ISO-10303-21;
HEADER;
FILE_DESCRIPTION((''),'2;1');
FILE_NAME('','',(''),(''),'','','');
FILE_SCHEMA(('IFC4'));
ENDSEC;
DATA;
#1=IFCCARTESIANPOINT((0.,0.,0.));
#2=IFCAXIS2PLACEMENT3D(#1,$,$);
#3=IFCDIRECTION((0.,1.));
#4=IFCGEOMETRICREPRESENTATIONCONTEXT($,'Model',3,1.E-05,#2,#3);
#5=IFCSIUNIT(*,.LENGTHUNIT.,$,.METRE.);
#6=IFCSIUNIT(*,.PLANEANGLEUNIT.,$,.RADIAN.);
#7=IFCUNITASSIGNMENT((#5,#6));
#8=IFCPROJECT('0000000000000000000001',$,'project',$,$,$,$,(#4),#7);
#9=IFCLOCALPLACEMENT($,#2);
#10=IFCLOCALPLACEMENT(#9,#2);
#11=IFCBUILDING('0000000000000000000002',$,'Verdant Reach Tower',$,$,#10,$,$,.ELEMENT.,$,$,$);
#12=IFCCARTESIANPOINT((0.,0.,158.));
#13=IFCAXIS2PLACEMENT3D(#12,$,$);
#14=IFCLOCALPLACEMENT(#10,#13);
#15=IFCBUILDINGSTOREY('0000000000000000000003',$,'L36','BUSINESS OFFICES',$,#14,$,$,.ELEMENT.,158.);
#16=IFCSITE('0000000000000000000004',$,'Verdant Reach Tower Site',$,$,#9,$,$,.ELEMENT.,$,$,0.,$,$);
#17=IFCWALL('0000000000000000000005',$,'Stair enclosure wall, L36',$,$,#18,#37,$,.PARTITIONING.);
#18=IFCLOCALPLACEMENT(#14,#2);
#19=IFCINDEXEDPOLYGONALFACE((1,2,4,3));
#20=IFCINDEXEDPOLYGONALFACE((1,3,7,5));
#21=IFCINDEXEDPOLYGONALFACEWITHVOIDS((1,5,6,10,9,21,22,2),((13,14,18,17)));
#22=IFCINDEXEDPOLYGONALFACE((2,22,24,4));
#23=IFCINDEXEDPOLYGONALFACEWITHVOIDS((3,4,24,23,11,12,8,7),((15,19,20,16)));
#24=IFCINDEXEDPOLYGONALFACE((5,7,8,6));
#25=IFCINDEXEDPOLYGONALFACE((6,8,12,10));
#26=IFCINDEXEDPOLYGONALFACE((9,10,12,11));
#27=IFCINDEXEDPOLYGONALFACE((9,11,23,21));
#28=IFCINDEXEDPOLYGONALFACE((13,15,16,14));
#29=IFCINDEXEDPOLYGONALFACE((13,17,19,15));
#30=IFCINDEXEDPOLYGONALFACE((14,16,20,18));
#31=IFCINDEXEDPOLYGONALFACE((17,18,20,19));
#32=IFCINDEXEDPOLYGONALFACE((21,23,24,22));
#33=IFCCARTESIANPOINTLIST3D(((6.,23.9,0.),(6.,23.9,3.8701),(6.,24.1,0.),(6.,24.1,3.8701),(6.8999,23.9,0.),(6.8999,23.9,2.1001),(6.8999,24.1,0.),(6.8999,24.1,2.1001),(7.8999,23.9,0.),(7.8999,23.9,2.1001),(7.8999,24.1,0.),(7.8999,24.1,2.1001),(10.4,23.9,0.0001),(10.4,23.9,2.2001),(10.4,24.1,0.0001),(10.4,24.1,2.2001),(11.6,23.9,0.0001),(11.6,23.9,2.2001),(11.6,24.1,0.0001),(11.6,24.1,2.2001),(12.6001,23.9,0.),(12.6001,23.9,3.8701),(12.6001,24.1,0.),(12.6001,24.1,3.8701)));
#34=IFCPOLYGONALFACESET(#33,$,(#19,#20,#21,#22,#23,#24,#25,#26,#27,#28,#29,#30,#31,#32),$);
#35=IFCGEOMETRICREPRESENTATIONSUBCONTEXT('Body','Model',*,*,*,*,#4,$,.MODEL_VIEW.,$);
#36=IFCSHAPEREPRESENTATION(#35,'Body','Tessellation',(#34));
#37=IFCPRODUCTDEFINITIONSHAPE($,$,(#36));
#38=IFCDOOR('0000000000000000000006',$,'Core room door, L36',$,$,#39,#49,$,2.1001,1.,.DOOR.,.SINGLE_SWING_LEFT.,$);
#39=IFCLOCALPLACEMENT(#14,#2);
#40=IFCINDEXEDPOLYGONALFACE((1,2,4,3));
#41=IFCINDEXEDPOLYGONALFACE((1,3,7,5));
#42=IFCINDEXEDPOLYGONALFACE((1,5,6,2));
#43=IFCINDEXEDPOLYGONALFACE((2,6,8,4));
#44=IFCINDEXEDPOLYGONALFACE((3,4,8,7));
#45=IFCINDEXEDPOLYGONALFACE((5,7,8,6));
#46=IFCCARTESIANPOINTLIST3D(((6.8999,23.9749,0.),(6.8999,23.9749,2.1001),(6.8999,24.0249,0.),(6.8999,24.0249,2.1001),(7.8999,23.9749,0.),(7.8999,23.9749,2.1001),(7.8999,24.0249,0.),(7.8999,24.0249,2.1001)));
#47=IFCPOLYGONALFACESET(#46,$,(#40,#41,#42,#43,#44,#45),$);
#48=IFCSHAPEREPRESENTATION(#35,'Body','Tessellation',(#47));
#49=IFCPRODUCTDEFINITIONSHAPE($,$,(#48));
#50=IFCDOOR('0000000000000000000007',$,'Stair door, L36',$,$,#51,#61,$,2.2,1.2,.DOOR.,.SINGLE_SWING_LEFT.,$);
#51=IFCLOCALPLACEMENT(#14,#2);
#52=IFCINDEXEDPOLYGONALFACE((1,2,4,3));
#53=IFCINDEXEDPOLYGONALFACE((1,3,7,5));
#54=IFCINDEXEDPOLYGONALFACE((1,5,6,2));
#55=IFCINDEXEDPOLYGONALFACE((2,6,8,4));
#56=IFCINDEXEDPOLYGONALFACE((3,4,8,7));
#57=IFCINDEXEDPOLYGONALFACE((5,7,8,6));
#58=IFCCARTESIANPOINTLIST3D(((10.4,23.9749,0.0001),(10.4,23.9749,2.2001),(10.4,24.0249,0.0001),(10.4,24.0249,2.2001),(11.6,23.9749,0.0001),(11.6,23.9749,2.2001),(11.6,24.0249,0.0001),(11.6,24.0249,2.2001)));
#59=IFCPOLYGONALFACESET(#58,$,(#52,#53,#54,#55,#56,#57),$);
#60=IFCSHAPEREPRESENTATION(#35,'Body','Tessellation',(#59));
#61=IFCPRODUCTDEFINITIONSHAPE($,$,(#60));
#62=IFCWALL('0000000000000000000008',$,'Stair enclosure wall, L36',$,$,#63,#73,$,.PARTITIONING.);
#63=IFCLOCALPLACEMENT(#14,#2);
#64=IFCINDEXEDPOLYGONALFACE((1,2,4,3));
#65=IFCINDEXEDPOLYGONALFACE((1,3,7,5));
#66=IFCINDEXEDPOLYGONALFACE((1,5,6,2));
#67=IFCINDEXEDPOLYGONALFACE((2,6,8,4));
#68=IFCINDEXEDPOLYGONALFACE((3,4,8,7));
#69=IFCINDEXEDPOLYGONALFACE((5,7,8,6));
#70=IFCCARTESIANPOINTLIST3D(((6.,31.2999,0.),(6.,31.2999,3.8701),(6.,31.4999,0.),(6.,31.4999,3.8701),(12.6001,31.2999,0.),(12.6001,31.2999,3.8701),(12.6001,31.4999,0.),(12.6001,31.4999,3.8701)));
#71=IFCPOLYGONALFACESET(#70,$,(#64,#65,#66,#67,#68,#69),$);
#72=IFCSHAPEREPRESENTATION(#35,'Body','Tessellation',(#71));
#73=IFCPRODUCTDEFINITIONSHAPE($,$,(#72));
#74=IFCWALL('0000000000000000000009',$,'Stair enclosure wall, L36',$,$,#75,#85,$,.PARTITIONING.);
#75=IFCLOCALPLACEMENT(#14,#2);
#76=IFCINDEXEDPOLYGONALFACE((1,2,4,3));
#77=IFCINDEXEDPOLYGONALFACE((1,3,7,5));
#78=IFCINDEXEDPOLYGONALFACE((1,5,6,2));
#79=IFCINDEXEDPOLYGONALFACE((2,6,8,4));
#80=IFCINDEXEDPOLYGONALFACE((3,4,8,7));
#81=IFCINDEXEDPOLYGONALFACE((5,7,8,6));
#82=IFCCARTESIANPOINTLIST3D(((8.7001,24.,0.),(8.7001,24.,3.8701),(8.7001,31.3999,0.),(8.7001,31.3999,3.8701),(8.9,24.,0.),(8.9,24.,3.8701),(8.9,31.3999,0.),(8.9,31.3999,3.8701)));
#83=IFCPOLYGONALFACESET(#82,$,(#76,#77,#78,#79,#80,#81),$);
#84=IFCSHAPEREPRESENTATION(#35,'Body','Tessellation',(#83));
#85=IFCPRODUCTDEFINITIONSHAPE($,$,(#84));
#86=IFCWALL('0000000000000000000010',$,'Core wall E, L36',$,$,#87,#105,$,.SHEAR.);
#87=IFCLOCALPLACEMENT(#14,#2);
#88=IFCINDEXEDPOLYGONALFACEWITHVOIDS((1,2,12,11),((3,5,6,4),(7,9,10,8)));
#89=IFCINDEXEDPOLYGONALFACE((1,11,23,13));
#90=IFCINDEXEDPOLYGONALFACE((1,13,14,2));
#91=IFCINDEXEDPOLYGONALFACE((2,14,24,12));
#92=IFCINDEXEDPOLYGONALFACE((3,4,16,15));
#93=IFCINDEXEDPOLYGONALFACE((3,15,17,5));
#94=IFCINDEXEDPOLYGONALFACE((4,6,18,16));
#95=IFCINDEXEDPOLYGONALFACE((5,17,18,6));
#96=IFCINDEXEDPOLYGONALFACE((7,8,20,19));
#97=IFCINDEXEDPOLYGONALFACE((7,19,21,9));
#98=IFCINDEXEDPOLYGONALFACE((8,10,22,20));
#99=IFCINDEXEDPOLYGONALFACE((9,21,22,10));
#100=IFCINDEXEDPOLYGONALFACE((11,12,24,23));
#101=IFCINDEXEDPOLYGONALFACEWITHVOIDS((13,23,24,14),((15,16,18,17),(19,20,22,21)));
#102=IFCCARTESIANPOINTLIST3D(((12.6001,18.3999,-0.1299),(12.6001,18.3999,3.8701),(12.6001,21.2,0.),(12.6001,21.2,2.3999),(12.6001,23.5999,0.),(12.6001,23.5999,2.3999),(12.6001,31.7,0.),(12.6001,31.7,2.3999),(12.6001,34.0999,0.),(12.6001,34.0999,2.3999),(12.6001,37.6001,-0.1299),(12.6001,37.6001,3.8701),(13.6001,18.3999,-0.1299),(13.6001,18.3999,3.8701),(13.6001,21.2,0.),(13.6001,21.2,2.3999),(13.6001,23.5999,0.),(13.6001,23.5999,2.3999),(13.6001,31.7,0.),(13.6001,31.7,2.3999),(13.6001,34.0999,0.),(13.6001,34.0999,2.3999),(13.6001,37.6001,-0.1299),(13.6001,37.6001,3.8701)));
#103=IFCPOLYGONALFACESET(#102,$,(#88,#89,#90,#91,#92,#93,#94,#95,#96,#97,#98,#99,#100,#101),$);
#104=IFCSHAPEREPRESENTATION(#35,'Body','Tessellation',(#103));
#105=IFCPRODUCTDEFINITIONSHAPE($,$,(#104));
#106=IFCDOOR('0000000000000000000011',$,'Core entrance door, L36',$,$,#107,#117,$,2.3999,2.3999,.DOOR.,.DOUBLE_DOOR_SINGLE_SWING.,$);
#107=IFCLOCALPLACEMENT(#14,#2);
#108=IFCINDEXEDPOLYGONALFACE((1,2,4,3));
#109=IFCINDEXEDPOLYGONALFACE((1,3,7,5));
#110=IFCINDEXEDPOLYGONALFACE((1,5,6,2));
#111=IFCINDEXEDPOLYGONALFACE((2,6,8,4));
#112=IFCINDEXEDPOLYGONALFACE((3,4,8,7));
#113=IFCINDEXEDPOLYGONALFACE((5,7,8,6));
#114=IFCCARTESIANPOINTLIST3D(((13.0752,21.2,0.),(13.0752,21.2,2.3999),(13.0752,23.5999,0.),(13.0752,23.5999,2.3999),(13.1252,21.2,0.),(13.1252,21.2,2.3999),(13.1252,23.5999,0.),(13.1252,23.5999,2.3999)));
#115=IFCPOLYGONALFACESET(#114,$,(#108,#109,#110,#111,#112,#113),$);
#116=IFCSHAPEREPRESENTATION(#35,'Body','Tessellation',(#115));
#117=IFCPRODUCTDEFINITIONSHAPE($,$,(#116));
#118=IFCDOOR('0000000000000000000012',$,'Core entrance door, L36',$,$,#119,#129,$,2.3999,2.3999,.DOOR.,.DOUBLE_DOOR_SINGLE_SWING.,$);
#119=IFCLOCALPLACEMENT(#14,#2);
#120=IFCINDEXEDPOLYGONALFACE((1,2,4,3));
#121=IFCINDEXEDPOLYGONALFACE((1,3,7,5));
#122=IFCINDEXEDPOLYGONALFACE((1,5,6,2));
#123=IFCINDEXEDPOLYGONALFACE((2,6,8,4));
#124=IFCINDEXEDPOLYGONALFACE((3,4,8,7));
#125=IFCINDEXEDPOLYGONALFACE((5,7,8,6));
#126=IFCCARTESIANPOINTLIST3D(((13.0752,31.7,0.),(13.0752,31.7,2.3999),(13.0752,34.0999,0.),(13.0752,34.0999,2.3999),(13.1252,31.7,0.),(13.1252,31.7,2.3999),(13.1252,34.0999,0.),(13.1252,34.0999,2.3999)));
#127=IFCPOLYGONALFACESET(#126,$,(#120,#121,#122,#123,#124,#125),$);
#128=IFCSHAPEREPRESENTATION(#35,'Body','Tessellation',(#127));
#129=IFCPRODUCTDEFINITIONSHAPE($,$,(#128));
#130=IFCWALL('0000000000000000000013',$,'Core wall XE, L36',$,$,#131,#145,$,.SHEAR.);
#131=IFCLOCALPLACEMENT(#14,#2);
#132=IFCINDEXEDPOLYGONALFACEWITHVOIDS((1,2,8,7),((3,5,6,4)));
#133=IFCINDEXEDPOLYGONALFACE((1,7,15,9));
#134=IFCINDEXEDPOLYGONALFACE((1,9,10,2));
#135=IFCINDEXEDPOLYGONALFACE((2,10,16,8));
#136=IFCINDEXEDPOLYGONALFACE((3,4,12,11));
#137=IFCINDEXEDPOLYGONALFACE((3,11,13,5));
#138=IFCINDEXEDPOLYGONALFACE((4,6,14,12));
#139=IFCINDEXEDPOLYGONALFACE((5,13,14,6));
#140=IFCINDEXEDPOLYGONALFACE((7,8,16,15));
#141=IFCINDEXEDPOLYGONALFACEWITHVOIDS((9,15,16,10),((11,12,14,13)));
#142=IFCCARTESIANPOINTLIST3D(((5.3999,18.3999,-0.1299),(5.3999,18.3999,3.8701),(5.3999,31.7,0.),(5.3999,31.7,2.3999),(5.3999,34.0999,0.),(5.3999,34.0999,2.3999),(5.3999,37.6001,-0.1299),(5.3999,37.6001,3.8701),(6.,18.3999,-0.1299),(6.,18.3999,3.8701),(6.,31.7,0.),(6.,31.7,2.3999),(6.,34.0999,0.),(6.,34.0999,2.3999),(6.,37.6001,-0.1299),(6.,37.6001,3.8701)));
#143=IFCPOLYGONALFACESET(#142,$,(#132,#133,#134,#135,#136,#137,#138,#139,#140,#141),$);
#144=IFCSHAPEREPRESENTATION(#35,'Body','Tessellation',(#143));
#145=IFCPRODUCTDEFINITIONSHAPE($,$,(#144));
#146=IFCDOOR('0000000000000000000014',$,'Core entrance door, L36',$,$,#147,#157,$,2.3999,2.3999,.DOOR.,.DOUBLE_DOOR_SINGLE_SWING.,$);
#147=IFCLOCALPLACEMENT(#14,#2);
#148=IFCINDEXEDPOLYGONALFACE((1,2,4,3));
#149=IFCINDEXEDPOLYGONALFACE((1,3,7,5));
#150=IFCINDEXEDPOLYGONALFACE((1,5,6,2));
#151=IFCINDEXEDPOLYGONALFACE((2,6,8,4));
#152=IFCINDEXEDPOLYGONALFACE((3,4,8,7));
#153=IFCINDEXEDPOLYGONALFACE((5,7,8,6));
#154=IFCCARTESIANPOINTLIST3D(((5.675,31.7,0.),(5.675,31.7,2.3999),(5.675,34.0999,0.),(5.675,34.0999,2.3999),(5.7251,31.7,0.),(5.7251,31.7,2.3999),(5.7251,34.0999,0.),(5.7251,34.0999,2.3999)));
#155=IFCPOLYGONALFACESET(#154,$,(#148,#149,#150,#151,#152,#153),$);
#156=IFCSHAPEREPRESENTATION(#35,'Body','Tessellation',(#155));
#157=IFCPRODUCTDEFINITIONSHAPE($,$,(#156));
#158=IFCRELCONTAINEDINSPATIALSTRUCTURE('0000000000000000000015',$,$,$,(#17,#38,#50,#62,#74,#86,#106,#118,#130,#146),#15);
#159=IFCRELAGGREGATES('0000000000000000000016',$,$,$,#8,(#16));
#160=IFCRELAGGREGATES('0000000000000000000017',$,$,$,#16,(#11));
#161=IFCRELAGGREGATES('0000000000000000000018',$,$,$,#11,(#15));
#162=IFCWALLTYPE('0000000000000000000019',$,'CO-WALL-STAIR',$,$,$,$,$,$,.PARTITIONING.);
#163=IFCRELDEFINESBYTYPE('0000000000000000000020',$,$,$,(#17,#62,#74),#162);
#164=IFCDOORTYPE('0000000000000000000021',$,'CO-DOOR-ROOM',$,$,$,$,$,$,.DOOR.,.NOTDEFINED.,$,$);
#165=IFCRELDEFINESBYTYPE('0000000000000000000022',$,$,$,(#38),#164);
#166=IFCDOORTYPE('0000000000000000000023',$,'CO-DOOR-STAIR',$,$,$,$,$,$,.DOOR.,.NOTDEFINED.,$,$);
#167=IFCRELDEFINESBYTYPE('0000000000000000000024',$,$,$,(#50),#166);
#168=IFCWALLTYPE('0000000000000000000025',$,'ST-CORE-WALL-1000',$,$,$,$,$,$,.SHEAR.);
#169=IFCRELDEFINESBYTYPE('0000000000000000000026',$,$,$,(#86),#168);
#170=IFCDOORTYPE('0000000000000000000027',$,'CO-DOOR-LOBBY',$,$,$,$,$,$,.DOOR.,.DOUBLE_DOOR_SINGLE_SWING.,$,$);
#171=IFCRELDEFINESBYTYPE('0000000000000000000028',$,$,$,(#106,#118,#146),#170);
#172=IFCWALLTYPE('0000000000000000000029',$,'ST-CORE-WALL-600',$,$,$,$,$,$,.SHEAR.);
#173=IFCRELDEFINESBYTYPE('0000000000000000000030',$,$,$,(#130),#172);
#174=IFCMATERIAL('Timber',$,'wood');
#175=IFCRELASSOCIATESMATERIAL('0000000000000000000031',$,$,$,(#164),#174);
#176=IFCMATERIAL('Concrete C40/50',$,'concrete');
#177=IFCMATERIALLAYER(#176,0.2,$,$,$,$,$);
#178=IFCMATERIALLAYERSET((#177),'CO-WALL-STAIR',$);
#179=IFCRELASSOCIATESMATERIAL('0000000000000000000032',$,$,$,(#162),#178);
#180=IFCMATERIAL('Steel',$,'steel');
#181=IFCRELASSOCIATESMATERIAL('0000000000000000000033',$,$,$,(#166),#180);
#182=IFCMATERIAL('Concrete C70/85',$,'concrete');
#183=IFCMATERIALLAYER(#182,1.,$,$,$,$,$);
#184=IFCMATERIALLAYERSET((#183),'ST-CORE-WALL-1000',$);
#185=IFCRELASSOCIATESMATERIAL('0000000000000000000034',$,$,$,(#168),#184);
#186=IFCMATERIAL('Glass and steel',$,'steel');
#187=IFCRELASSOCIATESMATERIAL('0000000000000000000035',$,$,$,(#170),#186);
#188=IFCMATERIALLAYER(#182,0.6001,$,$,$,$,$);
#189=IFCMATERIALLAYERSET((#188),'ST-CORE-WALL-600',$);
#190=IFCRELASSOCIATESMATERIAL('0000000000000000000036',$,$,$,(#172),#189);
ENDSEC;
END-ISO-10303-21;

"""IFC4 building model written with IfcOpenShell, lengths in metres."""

from ifc_helpers import new_model, si_unit, direction, frame, frame_2d, origin, place, context, subcontext, project, spatial, rectangle, extrude, material, layer, layer_set, type_object, element, fill, save


model = new_model("IFC4")

# Units and contexts
model_context = context("Model", 3, precision=1e-05, world=origin(), true_north=direction((0.0, 1.0)))
body_context = subcontext(model_context, "Body", "Model", "MODEL_VIEW")
ifc_project = project(units=[si_unit("LENGTHUNIT", "METRE"), si_unit("PLANEANGLEUNIT", "RADIAN")], contexts=[model_context])

# Site, building, storey
site_placement = place(None, origin())
site = spatial("IfcSite", under=ifc_project, at=site_placement, Name="Verdant Reach Tower Site", CompositionType="ELEMENT", RefElevation=0.0)
building_placement = place(site_placement, origin())
building = spatial("IfcBuilding", under=site, at=building_placement, Name="Verdant Reach Tower", CompositionType="ELEMENT")
storey_placement = place(building_placement, frame((0.0, 0.0, 158.0)))
storey = spatial("IfcBuildingStorey", under=building, at=storey_placement, Name="L36", Description="BUSINESS OFFICES", CompositionType="ELEMENT", Elevation=158.0)

# Shared definitions
ifc_material_1 = material(Name="Timber", Category="wood")
door_type_1 = type_object("IfcDoorType", Name="CO-DOOR-ROOM", OperationType="NOTDEFINED", PredefinedType="DOOR", material=ifc_material_1)

# Shared definitions
ifc_material_2 = material(Name="Concrete C40/50", Category="concrete")

# Wall, openings, doors
ifc_layer_1 = layer(ifc_material_2, 0.2)
ifc_layer_set_1 = layer_set([ifc_layer_1], Name="CO-WALL-STAIR")
wall_type_1 = type_object("IfcWallType", Name="CO-WALL-STAIR", PredefinedType="PARTITIONING", material=ifc_layer_set_1)
wall_1_placement = place(storey_placement, frame((6.0, 24.0, 0.0), z_axis=(0.0, 0.0, 1.0), x_axis=(1.0, 0.0, 0.0)))
wall_1 = element("IfcWall", 1, at=wall_1_placement, inside=storey, type_object=wall_type_1, Name="Stair enclosure wall, L36", PredefinedType="PARTITIONING", context=body_context, shape_type="SweptSolid", body=[
    extrude(rectangle(XDim=6.6001, YDim=0.2, at=frame_2d((3.3, 0.0))), origin(), (0.0, 0.0, 1.0), 3.8701),
])
opening_1_placement = place(wall_1_placement, frame((0.8999, 0.0, 0.0)))
opening_1 = element("IfcOpeningElement", 2, at=opening_1_placement, cuts=wall_1, PredefinedType="OPENING", context=body_context, shape_type="SweptSolid", body=[
    extrude(rectangle(XDim=1.0, YDim=2.1001, at=frame_2d((0.5, 1.05))), frame((0.0, 0.1099, 0.0), z_axis=(0.0, -1.0, 0.0), x_axis=(1.0, 0.0, 0.0)), (0.0, 0.0, 1.0), 0.22),
])
opening_2_placement = place(wall_1_placement, frame((4.3999, 0.0, 0.0)))
opening_2 = element("IfcOpeningElement", 3, at=opening_2_placement, cuts=wall_1, PredefinedType="OPENING", context=body_context, shape_type="SweptSolid", body=[
    extrude(rectangle(XDim=1.2, YDim=2.2, at=frame_2d((0.6001, 1.1001))), frame((0.0, 0.1099, 0.0), z_axis=(0.0, -1.0, 0.0), x_axis=(1.0, 0.0, 0.0)), (0.0, 0.0, 1.0), 0.22),
])
door_1_placement = place(opening_1_placement, origin())
door_1 = element("IfcDoor", 4, at=door_1_placement, inside=storey, type_object=door_type_1, Name="Core room door, L36", OperationType="SINGLE_SWING_LEFT", OverallHeight=2.1001, OverallWidth=1.0, PredefinedType="DOOR", context=body_context, shape_type="SweptSolid", body=[
    extrude(rectangle(XDim=1.0, YDim=2.1001, at=frame_2d((0.5, 1.05))), frame((0.0, 0.0249, 0.0), z_axis=(0.0, -1.0, 0.0), x_axis=(1.0, 0.0, 0.0)), (0.0, 0.0, 1.0), 0.05),
])
fill(opening_1, door_1)
ifc_material_3 = material(Name="Steel", Category="steel")
door_type_2 = type_object("IfcDoorType", Name="CO-DOOR-STAIR", OperationType="NOTDEFINED", PredefinedType="DOOR", material=ifc_material_3)
door_2_placement = place(opening_2_placement, origin())
door_2 = element("IfcDoor", 5, at=door_2_placement, inside=storey, type_object=door_type_2, Name="Stair door, L36", OperationType="SINGLE_SWING_LEFT", OverallHeight=2.2, OverallWidth=1.2, PredefinedType="DOOR", context=body_context, shape_type="SweptSolid", body=[
    extrude(rectangle(XDim=1.2, YDim=2.2, at=frame_2d((0.6001, 1.1001))), frame((0.0, 0.0249, 0.0), z_axis=(0.0, -1.0, 0.0), x_axis=(1.0, 0.0, 0.0)), (0.0, 0.0, 1.0), 0.05),
])
fill(opening_2, door_2)

# Walls
wall_2_placement = place(storey_placement, frame((6.0, 31.3999, 0.0), z_axis=(0.0, 0.0, 1.0), x_axis=(1.0, 0.0, 0.0)))
element("IfcWall", 6, at=wall_2_placement, inside=storey, type_object=wall_type_1, Name="Stair enclosure wall, L36", PredefinedType="PARTITIONING", context=body_context, shape_type="SweptSolid", body=[
    extrude(rectangle(XDim=6.6001, YDim=0.2, at=frame_2d((3.3, 0.0))), origin(), (0.0, 0.0, 1.0), 3.8701),
])
wall_3_placement = place(storey_placement, frame((8.8, 24.0, 0.0), z_axis=(0.0, 0.0, 1.0), x_axis=(0.0, 1.0, 0.0)))
element("IfcWall", 7, at=wall_3_placement, inside=storey, type_object=wall_type_1, Name="Stair enclosure wall, L36", PredefinedType="PARTITIONING", context=body_context, shape_type="SweptSolid", body=[
    extrude(rectangle(XDim=7.3999, YDim=0.2, at=frame_2d((3.7, 0.0))), origin(), (0.0, 0.0, 1.0), 3.8701),
])

# Wall, openings, doors
ifc_material_4 = material(Name="Concrete C70/85", Category="concrete")
ifc_layer_2 = layer(ifc_material_4, 1.0)
ifc_layer_set_2 = layer_set([ifc_layer_2], Name="ST-CORE-WALL-1000")
wall_type_2 = type_object("IfcWallType", Name="ST-CORE-WALL-1000", PredefinedType="SHEAR", material=ifc_layer_set_2)
wall_4_placement = place(storey_placement, frame((13.1001, 18.3999, -0.1299), z_axis=(0.0, 0.0, 1.0), x_axis=(0.0, 1.0, 0.0)))
wall_4 = element("IfcWall", 8, at=wall_4_placement, inside=storey, type_object=wall_type_2, Name="Core wall E, L36", PredefinedType="SHEAR", context=body_context, shape_type="SweptSolid", body=[
    extrude(rectangle(XDim=19.2002, YDim=1.0, at=frame_2d((9.6001, 0.0))), origin(), (0.0, 0.0, 1.0), 4.0),
])
opening_3_placement = place(wall_4_placement, frame((2.8, 0.0, 0.1299)))
opening_3 = element("IfcOpeningElement", 9, at=opening_3_placement, cuts=wall_4, PredefinedType="OPENING", context=body_context, shape_type="SweptSolid", body=[
    extrude(rectangle(XDim=2.3999, YDim=2.3999, at=frame_2d((1.2, 1.2))), frame((0.0, 0.51, 0.0), z_axis=(0.0, -1.0, 0.0), x_axis=(1.0, 0.0, 0.0)), (0.0, 0.0, 1.0), 1.02),
])
opening_4_placement = place(wall_4_placement, frame((13.3, 0.0, 0.1299)))
opening_4 = element("IfcOpeningElement", 10, at=opening_4_placement, cuts=wall_4, PredefinedType="OPENING", context=body_context, shape_type="SweptSolid", body=[
    extrude(rectangle(XDim=2.3999, YDim=2.3999, at=frame_2d((1.2, 1.2))), frame((0.0, 0.51, 0.0), z_axis=(0.0, -1.0, 0.0), x_axis=(1.0, 0.0, 0.0)), (0.0, 0.0, 1.0), 1.02),
])
ifc_material_5 = material(Name="Glass and steel", Category="steel")
door_type_3 = type_object("IfcDoorType", Name="CO-DOOR-LOBBY", OperationType="DOUBLE_DOOR_SINGLE_SWING", PredefinedType="DOOR", material=ifc_material_5)
door_3_placement = place(opening_3_placement, origin())
door_3 = element("IfcDoor", 11, at=door_3_placement, inside=storey, type_object=door_type_3, Name="Core entrance door, L36", OperationType="DOUBLE_DOOR_SINGLE_SWING", OverallHeight=2.3999, OverallWidth=2.3999, PredefinedType="DOOR", context=body_context, shape_type="SweptSolid", body=[
    extrude(rectangle(XDim=2.3999, YDim=2.3999, at=frame_2d((1.2, 1.2))), frame((0.0, 0.0249, 0.0), z_axis=(0.0, -1.0, 0.0), x_axis=(1.0, 0.0, 0.0)), (0.0, 0.0, 1.0), 0.05),
])
fill(opening_3, door_3)
door_4_placement = place(opening_4_placement, origin())
door_4 = element("IfcDoor", 12, at=door_4_placement, inside=storey, type_object=door_type_3, Name="Core entrance door, L36", OperationType="DOUBLE_DOOR_SINGLE_SWING", OverallHeight=2.3999, OverallWidth=2.3999, PredefinedType="DOOR", context=body_context, shape_type="SweptSolid", body=[
    extrude(rectangle(XDim=2.3999, YDim=2.3999, at=frame_2d((1.2, 1.2))), frame((0.0, 0.0249, 0.0), z_axis=(0.0, -1.0, 0.0), x_axis=(1.0, 0.0, 0.0)), (0.0, 0.0, 1.0), 0.05),
])
fill(opening_4, door_4)

# Wall, opening, door
ifc_layer_3 = layer(ifc_material_4, 0.6001)
ifc_layer_set_3 = layer_set([ifc_layer_3], Name="ST-CORE-WALL-600")
wall_type_3 = type_object("IfcWallType", Name="ST-CORE-WALL-600", PredefinedType="SHEAR", material=ifc_layer_set_3)
wall_5_placement = place(storey_placement, frame((5.7, 18.3999, -0.1299), z_axis=(0.0, 0.0, 1.0), x_axis=(0.0, 1.0, 0.0)))
wall_5 = element("IfcWall", 13, at=wall_5_placement, inside=storey, type_object=wall_type_3, Name="Core wall XE, L36", PredefinedType="SHEAR", context=body_context, shape_type="SweptSolid", body=[
    extrude(rectangle(XDim=19.2002, YDim=0.6001, at=frame_2d((9.6001, 0.0))), origin(), (0.0, 0.0, 1.0), 4.0),
])
opening_5_placement = place(wall_5_placement, frame((13.3, 0.0, 0.1299)))
opening_5 = element("IfcOpeningElement", 14, at=opening_5_placement, cuts=wall_5, PredefinedType="OPENING", context=body_context, shape_type="SweptSolid", body=[
    extrude(rectangle(XDim=2.3999, YDim=2.3999, at=frame_2d((1.2, 1.2))), frame((0.0, 0.3101, 0.0), z_axis=(0.0, -1.0, 0.0), x_axis=(1.0, 0.0, 0.0)), (0.0, 0.0, 1.0), 0.6201),
])
door_5_placement = place(opening_5_placement, origin())
door_5 = element("IfcDoor", 15, at=door_5_placement, inside=storey, type_object=door_type_3, Name="Core entrance door, L36", OperationType="DOUBLE_DOOR_SINGLE_SWING", OverallHeight=2.3999, OverallWidth=2.3999, PredefinedType="DOOR", context=body_context, shape_type="SweptSolid", body=[
    extrude(rectangle(XDim=2.3999, YDim=2.3999, at=frame_2d((1.2, 1.2))), frame((0.0, 0.0249, 0.0), z_axis=(0.0, -1.0, 0.0), x_axis=(1.0, 0.0, 0.0)), (0.0, 0.0, 1.0), 0.05),
])
fill(opening_5, door_5)

save(model, "model.ifc")
